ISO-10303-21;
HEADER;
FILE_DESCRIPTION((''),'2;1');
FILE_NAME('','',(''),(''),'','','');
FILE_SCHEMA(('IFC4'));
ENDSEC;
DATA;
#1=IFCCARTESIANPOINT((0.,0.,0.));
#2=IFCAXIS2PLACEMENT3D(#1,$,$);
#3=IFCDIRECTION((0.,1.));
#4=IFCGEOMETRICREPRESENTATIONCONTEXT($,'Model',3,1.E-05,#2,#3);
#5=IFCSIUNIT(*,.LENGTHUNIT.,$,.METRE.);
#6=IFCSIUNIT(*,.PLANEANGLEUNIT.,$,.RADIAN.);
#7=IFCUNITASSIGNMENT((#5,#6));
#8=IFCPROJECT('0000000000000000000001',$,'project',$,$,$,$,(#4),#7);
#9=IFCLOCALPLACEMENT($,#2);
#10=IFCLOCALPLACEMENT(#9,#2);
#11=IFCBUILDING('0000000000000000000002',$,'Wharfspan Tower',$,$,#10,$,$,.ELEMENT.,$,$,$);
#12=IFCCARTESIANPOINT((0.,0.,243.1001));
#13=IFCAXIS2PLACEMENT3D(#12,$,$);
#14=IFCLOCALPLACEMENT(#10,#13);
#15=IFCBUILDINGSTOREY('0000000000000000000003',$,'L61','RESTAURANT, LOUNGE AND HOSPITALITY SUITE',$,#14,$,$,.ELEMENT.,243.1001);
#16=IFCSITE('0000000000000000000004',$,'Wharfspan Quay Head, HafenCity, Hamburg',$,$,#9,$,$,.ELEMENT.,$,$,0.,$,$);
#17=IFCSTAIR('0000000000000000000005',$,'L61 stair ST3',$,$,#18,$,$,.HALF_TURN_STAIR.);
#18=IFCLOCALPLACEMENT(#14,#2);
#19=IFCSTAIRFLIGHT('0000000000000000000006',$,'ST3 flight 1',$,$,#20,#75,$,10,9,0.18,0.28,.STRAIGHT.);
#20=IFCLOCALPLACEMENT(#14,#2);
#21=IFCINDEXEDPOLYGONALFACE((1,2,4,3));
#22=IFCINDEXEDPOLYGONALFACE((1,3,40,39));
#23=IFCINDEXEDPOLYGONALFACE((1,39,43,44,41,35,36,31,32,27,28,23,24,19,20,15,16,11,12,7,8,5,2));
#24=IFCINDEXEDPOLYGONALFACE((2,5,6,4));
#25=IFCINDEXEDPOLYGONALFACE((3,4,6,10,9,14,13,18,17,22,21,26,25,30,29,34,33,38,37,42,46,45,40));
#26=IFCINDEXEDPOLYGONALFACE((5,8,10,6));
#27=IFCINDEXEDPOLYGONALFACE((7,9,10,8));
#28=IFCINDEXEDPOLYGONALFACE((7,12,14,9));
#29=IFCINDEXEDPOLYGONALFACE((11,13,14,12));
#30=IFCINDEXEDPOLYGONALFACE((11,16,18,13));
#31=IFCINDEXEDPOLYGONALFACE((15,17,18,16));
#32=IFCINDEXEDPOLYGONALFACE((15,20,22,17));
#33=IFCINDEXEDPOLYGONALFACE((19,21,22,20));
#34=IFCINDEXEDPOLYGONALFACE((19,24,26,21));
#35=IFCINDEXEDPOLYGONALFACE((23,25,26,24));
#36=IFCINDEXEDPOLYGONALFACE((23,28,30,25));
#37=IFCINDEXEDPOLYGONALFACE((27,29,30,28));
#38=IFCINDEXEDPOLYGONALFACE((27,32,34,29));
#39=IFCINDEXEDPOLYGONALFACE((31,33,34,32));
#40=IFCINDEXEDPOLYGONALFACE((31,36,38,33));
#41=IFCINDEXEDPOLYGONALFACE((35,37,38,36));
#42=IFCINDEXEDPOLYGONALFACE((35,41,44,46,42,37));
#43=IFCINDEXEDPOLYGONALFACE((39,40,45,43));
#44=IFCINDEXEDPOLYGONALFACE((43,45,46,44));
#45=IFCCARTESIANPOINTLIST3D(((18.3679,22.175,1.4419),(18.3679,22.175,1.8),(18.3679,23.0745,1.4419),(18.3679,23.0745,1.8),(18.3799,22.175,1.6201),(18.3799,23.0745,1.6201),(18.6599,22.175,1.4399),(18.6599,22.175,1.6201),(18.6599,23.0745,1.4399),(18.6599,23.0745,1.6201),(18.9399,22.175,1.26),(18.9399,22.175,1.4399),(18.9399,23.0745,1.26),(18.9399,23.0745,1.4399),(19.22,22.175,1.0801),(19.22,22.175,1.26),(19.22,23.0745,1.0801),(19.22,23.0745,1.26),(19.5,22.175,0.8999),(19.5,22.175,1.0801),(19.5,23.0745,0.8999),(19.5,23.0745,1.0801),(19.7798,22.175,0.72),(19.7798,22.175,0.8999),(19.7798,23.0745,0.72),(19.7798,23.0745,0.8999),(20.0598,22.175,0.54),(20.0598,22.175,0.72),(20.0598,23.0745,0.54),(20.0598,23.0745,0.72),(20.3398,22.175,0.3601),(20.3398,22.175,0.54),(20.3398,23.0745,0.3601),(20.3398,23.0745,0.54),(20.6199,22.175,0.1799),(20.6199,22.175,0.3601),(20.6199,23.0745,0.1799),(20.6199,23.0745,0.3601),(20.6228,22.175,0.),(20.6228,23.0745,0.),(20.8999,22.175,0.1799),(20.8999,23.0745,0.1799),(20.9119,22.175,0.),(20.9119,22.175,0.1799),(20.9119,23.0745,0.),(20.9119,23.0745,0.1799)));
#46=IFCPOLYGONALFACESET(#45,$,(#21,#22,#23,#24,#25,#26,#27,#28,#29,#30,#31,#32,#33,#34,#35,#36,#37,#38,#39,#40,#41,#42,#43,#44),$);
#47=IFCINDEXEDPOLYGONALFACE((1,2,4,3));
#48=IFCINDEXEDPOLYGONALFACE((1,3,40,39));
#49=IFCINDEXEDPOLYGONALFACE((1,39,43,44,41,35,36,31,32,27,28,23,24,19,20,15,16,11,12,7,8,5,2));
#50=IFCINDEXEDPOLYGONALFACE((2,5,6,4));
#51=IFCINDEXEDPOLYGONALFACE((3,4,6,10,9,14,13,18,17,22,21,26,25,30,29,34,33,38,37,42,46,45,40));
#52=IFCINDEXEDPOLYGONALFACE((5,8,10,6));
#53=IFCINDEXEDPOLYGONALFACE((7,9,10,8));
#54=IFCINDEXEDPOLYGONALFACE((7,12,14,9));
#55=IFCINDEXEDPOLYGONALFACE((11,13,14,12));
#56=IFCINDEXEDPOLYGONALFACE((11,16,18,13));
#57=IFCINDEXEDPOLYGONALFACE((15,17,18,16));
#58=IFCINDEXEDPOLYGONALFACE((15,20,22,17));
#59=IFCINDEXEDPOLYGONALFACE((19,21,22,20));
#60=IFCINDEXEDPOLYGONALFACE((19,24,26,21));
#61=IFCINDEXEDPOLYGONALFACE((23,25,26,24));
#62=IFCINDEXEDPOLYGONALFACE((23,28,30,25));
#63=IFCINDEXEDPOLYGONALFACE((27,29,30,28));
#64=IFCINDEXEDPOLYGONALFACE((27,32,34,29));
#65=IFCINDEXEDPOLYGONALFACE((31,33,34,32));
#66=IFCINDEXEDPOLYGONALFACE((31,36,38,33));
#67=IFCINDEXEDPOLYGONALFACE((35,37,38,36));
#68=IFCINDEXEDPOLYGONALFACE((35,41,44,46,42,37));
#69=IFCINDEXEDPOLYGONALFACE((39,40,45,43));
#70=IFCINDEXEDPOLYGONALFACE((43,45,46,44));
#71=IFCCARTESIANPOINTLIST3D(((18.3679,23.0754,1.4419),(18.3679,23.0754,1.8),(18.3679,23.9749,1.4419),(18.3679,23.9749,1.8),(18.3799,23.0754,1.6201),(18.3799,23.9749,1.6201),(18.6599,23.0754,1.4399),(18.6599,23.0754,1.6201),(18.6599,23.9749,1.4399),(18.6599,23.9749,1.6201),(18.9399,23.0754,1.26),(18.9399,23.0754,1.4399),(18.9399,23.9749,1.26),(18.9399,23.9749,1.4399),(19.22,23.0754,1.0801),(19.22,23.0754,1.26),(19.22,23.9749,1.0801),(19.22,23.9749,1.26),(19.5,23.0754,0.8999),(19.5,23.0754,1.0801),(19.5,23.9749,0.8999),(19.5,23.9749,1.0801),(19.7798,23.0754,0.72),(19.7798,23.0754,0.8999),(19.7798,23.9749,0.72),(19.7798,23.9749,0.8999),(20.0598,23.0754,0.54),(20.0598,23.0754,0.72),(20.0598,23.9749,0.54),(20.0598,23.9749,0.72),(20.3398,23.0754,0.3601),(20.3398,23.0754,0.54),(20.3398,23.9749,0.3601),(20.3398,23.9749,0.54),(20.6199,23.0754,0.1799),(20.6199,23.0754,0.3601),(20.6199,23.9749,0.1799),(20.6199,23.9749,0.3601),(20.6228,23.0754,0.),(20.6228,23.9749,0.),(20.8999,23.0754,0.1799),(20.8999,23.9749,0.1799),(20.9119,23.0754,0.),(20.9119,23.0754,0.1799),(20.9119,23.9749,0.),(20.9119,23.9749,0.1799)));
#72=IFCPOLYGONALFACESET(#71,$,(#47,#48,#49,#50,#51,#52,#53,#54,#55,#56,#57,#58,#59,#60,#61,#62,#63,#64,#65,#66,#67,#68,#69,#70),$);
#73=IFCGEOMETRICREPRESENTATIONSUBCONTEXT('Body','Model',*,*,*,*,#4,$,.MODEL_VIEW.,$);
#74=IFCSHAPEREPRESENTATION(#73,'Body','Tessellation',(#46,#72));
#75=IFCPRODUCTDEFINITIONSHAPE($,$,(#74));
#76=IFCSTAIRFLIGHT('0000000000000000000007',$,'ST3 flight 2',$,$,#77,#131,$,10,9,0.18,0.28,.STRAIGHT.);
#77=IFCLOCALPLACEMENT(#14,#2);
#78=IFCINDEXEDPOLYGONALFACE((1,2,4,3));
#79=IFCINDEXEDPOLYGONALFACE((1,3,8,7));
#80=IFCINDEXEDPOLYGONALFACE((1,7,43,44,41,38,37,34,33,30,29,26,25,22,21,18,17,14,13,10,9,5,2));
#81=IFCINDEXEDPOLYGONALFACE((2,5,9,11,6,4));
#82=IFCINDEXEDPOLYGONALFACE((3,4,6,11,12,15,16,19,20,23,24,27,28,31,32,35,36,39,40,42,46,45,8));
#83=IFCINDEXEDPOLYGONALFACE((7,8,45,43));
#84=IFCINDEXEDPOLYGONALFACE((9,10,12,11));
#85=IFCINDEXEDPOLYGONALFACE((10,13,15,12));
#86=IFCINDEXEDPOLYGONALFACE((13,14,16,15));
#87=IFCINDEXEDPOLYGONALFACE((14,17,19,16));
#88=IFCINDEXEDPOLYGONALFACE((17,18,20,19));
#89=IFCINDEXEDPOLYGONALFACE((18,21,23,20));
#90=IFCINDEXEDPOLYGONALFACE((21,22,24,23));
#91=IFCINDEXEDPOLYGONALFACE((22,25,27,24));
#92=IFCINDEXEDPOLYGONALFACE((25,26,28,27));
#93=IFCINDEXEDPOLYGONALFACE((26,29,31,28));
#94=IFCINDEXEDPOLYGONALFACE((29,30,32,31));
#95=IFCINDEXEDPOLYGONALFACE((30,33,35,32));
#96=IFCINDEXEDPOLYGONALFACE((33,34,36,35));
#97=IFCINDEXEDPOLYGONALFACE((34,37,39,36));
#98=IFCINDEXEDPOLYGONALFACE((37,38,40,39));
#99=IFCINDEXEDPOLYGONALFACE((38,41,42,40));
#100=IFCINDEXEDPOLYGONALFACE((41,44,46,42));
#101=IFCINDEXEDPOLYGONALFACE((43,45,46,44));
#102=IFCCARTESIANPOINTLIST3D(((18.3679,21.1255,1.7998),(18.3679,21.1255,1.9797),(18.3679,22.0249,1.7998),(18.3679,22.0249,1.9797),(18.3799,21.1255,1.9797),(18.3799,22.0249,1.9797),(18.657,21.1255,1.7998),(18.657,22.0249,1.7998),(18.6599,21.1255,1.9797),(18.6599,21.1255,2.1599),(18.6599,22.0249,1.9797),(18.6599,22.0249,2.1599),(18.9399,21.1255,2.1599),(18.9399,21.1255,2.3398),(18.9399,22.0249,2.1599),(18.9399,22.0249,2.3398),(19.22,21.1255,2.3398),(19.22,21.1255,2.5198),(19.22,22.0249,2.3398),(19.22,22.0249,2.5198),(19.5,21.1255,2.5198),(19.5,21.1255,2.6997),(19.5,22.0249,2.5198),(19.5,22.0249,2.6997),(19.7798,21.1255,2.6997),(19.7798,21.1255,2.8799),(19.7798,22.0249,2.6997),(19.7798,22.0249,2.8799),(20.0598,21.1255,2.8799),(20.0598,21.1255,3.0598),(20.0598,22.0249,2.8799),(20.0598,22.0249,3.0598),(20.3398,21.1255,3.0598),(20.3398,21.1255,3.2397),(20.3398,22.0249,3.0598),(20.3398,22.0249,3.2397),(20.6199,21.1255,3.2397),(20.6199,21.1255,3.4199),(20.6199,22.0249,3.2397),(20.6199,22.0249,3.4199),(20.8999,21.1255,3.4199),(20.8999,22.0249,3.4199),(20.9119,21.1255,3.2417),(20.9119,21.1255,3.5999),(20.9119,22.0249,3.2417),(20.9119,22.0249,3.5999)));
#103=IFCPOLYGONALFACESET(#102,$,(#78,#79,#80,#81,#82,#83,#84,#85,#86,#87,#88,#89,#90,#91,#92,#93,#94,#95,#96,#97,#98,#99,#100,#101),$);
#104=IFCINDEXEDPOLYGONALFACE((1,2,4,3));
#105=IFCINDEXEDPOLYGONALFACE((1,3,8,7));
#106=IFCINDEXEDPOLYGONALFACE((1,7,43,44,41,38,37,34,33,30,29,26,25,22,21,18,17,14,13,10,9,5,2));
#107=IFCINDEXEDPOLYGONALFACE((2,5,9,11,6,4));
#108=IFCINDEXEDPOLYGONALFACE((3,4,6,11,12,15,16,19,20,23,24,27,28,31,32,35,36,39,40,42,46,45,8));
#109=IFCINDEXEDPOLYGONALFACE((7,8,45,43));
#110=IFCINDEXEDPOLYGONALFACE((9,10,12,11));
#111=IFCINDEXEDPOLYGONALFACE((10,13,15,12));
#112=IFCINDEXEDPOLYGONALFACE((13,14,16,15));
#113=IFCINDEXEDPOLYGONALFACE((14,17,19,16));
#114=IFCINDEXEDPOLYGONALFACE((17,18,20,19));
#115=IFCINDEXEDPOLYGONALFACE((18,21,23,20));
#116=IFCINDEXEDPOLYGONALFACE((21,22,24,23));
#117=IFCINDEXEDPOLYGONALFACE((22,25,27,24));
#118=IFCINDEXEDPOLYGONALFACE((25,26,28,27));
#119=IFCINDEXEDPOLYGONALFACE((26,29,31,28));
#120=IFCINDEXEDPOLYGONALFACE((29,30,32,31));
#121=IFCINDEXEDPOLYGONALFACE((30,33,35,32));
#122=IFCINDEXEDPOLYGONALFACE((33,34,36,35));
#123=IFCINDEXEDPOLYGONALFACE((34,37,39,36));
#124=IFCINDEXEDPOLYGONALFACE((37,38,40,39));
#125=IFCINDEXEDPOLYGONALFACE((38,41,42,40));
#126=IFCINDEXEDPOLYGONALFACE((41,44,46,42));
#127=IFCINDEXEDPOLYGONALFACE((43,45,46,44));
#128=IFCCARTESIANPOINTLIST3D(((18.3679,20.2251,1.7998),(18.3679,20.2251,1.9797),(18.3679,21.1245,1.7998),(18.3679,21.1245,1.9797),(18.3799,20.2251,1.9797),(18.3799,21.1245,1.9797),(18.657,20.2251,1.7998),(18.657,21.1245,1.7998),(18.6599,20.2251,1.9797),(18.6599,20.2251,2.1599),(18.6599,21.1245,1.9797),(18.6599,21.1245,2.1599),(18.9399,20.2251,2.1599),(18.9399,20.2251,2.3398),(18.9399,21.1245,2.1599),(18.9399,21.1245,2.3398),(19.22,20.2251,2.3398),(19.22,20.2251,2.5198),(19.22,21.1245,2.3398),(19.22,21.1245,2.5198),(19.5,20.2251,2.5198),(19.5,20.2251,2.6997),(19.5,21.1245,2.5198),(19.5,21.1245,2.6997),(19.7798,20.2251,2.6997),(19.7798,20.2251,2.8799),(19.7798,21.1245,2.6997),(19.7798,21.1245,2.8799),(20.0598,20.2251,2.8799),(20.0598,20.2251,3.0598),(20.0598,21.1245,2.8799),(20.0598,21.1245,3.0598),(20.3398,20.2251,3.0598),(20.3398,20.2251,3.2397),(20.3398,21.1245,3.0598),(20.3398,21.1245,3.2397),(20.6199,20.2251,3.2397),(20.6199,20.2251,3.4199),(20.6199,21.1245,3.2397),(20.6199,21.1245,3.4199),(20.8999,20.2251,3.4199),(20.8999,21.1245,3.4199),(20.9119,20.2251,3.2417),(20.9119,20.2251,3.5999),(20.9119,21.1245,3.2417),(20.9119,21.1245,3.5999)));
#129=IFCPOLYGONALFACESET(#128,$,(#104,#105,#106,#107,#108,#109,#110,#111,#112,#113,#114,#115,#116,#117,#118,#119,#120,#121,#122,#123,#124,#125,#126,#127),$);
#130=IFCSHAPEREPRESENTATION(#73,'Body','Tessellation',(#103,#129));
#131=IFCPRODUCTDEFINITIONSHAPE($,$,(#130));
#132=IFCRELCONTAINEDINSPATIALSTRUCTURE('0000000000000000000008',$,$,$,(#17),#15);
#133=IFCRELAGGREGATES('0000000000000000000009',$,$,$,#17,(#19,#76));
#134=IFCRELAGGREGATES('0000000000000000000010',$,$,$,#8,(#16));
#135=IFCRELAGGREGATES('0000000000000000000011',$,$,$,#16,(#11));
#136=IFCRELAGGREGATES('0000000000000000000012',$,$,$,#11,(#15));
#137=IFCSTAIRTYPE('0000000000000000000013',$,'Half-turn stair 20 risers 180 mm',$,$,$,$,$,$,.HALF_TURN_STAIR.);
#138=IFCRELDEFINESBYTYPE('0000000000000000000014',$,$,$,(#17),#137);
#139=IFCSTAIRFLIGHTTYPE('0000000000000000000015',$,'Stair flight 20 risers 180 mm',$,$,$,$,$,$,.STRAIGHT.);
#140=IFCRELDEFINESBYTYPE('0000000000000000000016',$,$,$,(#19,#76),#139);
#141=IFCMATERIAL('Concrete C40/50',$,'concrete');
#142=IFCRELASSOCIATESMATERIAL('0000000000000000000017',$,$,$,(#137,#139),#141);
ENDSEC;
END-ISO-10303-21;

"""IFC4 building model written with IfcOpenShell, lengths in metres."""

from ifc_helpers import new_model, si_unit, direction, frame, origin, place, context, subcontext, project, spatial, polyline, outline, extrude, material, type_object, element, aggregate, save


model = new_model("IFC4")

# Units and contexts
model_context = context("Model", 3, precision=1e-05, world=origin(), true_north=direction((0.0, 1.0)))
body_context = subcontext(model_context, "Body", "Model", "MODEL_VIEW")
ifc_project = project(units=[si_unit("LENGTHUNIT", "METRE"), si_unit("PLANEANGLEUNIT", "RADIAN")], contexts=[model_context])

# Site, building, storey
site_placement = place(None, origin())
site = spatial("IfcSite", under=ifc_project, at=site_placement, Name="Wharfspan Quay Head, HafenCity, Hamburg", CompositionType="ELEMENT", RefElevation=0.0)
building_placement = place(site_placement, origin())
building = spatial("IfcBuilding", under=site, at=building_placement, Name="Wharfspan Tower", CompositionType="ELEMENT")
storey_placement = place(building_placement, frame((0.0, 0.0, 243.1001)))
storey = spatial("IfcBuildingStorey", under=building, at=storey_placement, Name="L61", Description="RESTAURANT, LOUNGE AND HOSPITALITY SUITE", CompositionType="ELEMENT", Elevation=243.1001)

# Shared definitions
ifc_material_1 = material(Name="Concrete C40/50", Category="concrete")

# Stair, stair flights
stair_type = type_object("IfcStairType", Name="Half-turn stair 20 risers 180 mm", PredefinedType="HALF_TURN_STAIR", material=ifc_material_1)
stair_placement = place(storey_placement, origin())
stair = element("IfcStair", 1, at=stair_placement, inside=storey, type_object=stair_type, Name="L61 stair ST3", PredefinedType="HALF_TURN_STAIR")
stair_flight_type = type_object("IfcStairFlightType", Name="Stair flight 20 risers 180 mm", PredefinedType="STRAIGHT", material=ifc_material_1)
stair_flight_1_placement = place(storey_placement, frame((20.8999, 23.075, 0.0), z_axis=(0.0, 0.0, 1.0), x_axis=(-1.0, 0.0, 0.0)))
stair_flight_1 = element("IfcStairFlight", 2, at=stair_flight_1_placement, type_object=stair_flight_type, Name="ST3 flight 1", NumberOfRisers=10, NumberOfTreads=9, PredefinedType="STRAIGHT", RiserHeight=0.18, TreadLength=0.28, context=body_context, shape_type="SweptSolid", body=[
    extrude(outline(polyline([(-0.012, 0.0), (-0.012, 0.1799), (0.0, 0.1799), (0.28, 0.1799), (0.28, 0.3601), (0.5601, 0.3601), (0.5601, 0.54), (0.8401, 0.54), (0.8401, 0.72), (1.1201, 0.72), (1.1201, 0.8999), (1.3999, 0.8999), (1.3999, 1.0801), (1.6799, 1.0801), (1.6799, 1.26), (1.96, 1.26), (1.96, 1.4399), (2.24, 1.4399), (2.24, 1.6201), (2.52, 1.6201), (2.532, 1.8), (2.532, 1.4419), (0.2771, 0.0), (-0.012, 0.0)])), frame((0.0, 0.8999, 0.0), z_axis=(0.0, -1.0, 0.0), x_axis=(1.0, 0.0, 0.0)), (0.0, 0.0, 1.0), 0.8994),
    extrude(outline(polyline([(-0.012, 0.0), (-0.012, 0.1799), (0.0, 0.1799), (0.28, 0.1799), (0.28, 0.3601), (0.5601, 0.3601), (0.5601, 0.54), (0.8401, 0.54), (0.8401, 0.72), (1.1201, 0.72), (1.1201, 0.8999), (1.3999, 0.8999), (1.3999, 1.0801), (1.6799, 1.0801), (1.6799, 1.26), (1.96, 1.26), (1.96, 1.4399), (2.24, 1.4399), (2.24, 1.6201), (2.52, 1.6201), (2.532, 1.8), (2.532, 1.4419), (0.2771, 0.0), (-0.012, 0.0)])), frame((0.0, -0.0005, 0.0), z_axis=(0.0, -1.0, 0.0), x_axis=(1.0, 0.0, 0.0)), (0.0, 0.0, 1.0), 0.8994),
])
stair_flight_2_placement = place(storey_placement, frame((18.3799, 21.125, 1.7998), z_axis=(0.0, 0.0, 1.0), x_axis=(1.0, 0.0, 0.0)))
stair_flight_2 = element("IfcStairFlight", 3, at=stair_flight_2_placement, type_object=stair_flight_type, Name="ST3 flight 2", NumberOfRisers=10, NumberOfTreads=9, PredefinedType="STRAIGHT", RiserHeight=0.18, TreadLength=0.28, context=body_context, shape_type="SweptSolid", body=[
    extrude(outline(polyline([(-0.012, 0.0), (-0.012, 0.1799), (0.0, 0.1799), (0.28, 0.1799), (0.28, 0.3601), (0.5601, 0.3601), (0.5601, 0.54), (0.8401, 0.54), (0.8401, 0.72), (1.1201, 0.72), (1.1201, 0.8999), (1.3999, 0.8999), (1.3999, 1.0801), (1.6799, 1.0801), (1.6799, 1.26), (1.96, 1.26), (1.96, 1.4399), (2.24, 1.4399), (2.24, 1.6201), (2.52, 1.6201), (2.532, 1.8), (2.532, 1.4419), (0.2771, 0.0), (-0.012, 0.0)])), frame((0.0, 0.8999, 0.0), z_axis=(0.0, -1.0, 0.0), x_axis=(1.0, 0.0, 0.0)), (0.0, 0.0, 1.0), 0.8994),
    extrude(outline(polyline([(-0.012, 0.0), (-0.012, 0.1799), (0.0, 0.1799), (0.28, 0.1799), (0.28, 0.3601), (0.5601, 0.3601), (0.5601, 0.54), (0.8401, 0.54), (0.8401, 0.72), (1.1201, 0.72), (1.1201, 0.8999), (1.3999, 0.8999), (1.3999, 1.0801), (1.6799, 1.0801), (1.6799, 1.26), (1.96, 1.26), (1.96, 1.4399), (2.24, 1.4399), (2.24, 1.6201), (2.52, 1.6201), (2.532, 1.8), (2.532, 1.4419), (0.2771, 0.0), (-0.012, 0.0)])), frame((0.0, -0.0005, 0.0), z_axis=(0.0, -1.0, 0.0), x_axis=(1.0, 0.0, 0.0)), (0.0, 0.0, 1.0), 0.8994),
])
aggregate(stair, [stair_flight_1, stair_flight_2])

save(model, "model.ifc")
